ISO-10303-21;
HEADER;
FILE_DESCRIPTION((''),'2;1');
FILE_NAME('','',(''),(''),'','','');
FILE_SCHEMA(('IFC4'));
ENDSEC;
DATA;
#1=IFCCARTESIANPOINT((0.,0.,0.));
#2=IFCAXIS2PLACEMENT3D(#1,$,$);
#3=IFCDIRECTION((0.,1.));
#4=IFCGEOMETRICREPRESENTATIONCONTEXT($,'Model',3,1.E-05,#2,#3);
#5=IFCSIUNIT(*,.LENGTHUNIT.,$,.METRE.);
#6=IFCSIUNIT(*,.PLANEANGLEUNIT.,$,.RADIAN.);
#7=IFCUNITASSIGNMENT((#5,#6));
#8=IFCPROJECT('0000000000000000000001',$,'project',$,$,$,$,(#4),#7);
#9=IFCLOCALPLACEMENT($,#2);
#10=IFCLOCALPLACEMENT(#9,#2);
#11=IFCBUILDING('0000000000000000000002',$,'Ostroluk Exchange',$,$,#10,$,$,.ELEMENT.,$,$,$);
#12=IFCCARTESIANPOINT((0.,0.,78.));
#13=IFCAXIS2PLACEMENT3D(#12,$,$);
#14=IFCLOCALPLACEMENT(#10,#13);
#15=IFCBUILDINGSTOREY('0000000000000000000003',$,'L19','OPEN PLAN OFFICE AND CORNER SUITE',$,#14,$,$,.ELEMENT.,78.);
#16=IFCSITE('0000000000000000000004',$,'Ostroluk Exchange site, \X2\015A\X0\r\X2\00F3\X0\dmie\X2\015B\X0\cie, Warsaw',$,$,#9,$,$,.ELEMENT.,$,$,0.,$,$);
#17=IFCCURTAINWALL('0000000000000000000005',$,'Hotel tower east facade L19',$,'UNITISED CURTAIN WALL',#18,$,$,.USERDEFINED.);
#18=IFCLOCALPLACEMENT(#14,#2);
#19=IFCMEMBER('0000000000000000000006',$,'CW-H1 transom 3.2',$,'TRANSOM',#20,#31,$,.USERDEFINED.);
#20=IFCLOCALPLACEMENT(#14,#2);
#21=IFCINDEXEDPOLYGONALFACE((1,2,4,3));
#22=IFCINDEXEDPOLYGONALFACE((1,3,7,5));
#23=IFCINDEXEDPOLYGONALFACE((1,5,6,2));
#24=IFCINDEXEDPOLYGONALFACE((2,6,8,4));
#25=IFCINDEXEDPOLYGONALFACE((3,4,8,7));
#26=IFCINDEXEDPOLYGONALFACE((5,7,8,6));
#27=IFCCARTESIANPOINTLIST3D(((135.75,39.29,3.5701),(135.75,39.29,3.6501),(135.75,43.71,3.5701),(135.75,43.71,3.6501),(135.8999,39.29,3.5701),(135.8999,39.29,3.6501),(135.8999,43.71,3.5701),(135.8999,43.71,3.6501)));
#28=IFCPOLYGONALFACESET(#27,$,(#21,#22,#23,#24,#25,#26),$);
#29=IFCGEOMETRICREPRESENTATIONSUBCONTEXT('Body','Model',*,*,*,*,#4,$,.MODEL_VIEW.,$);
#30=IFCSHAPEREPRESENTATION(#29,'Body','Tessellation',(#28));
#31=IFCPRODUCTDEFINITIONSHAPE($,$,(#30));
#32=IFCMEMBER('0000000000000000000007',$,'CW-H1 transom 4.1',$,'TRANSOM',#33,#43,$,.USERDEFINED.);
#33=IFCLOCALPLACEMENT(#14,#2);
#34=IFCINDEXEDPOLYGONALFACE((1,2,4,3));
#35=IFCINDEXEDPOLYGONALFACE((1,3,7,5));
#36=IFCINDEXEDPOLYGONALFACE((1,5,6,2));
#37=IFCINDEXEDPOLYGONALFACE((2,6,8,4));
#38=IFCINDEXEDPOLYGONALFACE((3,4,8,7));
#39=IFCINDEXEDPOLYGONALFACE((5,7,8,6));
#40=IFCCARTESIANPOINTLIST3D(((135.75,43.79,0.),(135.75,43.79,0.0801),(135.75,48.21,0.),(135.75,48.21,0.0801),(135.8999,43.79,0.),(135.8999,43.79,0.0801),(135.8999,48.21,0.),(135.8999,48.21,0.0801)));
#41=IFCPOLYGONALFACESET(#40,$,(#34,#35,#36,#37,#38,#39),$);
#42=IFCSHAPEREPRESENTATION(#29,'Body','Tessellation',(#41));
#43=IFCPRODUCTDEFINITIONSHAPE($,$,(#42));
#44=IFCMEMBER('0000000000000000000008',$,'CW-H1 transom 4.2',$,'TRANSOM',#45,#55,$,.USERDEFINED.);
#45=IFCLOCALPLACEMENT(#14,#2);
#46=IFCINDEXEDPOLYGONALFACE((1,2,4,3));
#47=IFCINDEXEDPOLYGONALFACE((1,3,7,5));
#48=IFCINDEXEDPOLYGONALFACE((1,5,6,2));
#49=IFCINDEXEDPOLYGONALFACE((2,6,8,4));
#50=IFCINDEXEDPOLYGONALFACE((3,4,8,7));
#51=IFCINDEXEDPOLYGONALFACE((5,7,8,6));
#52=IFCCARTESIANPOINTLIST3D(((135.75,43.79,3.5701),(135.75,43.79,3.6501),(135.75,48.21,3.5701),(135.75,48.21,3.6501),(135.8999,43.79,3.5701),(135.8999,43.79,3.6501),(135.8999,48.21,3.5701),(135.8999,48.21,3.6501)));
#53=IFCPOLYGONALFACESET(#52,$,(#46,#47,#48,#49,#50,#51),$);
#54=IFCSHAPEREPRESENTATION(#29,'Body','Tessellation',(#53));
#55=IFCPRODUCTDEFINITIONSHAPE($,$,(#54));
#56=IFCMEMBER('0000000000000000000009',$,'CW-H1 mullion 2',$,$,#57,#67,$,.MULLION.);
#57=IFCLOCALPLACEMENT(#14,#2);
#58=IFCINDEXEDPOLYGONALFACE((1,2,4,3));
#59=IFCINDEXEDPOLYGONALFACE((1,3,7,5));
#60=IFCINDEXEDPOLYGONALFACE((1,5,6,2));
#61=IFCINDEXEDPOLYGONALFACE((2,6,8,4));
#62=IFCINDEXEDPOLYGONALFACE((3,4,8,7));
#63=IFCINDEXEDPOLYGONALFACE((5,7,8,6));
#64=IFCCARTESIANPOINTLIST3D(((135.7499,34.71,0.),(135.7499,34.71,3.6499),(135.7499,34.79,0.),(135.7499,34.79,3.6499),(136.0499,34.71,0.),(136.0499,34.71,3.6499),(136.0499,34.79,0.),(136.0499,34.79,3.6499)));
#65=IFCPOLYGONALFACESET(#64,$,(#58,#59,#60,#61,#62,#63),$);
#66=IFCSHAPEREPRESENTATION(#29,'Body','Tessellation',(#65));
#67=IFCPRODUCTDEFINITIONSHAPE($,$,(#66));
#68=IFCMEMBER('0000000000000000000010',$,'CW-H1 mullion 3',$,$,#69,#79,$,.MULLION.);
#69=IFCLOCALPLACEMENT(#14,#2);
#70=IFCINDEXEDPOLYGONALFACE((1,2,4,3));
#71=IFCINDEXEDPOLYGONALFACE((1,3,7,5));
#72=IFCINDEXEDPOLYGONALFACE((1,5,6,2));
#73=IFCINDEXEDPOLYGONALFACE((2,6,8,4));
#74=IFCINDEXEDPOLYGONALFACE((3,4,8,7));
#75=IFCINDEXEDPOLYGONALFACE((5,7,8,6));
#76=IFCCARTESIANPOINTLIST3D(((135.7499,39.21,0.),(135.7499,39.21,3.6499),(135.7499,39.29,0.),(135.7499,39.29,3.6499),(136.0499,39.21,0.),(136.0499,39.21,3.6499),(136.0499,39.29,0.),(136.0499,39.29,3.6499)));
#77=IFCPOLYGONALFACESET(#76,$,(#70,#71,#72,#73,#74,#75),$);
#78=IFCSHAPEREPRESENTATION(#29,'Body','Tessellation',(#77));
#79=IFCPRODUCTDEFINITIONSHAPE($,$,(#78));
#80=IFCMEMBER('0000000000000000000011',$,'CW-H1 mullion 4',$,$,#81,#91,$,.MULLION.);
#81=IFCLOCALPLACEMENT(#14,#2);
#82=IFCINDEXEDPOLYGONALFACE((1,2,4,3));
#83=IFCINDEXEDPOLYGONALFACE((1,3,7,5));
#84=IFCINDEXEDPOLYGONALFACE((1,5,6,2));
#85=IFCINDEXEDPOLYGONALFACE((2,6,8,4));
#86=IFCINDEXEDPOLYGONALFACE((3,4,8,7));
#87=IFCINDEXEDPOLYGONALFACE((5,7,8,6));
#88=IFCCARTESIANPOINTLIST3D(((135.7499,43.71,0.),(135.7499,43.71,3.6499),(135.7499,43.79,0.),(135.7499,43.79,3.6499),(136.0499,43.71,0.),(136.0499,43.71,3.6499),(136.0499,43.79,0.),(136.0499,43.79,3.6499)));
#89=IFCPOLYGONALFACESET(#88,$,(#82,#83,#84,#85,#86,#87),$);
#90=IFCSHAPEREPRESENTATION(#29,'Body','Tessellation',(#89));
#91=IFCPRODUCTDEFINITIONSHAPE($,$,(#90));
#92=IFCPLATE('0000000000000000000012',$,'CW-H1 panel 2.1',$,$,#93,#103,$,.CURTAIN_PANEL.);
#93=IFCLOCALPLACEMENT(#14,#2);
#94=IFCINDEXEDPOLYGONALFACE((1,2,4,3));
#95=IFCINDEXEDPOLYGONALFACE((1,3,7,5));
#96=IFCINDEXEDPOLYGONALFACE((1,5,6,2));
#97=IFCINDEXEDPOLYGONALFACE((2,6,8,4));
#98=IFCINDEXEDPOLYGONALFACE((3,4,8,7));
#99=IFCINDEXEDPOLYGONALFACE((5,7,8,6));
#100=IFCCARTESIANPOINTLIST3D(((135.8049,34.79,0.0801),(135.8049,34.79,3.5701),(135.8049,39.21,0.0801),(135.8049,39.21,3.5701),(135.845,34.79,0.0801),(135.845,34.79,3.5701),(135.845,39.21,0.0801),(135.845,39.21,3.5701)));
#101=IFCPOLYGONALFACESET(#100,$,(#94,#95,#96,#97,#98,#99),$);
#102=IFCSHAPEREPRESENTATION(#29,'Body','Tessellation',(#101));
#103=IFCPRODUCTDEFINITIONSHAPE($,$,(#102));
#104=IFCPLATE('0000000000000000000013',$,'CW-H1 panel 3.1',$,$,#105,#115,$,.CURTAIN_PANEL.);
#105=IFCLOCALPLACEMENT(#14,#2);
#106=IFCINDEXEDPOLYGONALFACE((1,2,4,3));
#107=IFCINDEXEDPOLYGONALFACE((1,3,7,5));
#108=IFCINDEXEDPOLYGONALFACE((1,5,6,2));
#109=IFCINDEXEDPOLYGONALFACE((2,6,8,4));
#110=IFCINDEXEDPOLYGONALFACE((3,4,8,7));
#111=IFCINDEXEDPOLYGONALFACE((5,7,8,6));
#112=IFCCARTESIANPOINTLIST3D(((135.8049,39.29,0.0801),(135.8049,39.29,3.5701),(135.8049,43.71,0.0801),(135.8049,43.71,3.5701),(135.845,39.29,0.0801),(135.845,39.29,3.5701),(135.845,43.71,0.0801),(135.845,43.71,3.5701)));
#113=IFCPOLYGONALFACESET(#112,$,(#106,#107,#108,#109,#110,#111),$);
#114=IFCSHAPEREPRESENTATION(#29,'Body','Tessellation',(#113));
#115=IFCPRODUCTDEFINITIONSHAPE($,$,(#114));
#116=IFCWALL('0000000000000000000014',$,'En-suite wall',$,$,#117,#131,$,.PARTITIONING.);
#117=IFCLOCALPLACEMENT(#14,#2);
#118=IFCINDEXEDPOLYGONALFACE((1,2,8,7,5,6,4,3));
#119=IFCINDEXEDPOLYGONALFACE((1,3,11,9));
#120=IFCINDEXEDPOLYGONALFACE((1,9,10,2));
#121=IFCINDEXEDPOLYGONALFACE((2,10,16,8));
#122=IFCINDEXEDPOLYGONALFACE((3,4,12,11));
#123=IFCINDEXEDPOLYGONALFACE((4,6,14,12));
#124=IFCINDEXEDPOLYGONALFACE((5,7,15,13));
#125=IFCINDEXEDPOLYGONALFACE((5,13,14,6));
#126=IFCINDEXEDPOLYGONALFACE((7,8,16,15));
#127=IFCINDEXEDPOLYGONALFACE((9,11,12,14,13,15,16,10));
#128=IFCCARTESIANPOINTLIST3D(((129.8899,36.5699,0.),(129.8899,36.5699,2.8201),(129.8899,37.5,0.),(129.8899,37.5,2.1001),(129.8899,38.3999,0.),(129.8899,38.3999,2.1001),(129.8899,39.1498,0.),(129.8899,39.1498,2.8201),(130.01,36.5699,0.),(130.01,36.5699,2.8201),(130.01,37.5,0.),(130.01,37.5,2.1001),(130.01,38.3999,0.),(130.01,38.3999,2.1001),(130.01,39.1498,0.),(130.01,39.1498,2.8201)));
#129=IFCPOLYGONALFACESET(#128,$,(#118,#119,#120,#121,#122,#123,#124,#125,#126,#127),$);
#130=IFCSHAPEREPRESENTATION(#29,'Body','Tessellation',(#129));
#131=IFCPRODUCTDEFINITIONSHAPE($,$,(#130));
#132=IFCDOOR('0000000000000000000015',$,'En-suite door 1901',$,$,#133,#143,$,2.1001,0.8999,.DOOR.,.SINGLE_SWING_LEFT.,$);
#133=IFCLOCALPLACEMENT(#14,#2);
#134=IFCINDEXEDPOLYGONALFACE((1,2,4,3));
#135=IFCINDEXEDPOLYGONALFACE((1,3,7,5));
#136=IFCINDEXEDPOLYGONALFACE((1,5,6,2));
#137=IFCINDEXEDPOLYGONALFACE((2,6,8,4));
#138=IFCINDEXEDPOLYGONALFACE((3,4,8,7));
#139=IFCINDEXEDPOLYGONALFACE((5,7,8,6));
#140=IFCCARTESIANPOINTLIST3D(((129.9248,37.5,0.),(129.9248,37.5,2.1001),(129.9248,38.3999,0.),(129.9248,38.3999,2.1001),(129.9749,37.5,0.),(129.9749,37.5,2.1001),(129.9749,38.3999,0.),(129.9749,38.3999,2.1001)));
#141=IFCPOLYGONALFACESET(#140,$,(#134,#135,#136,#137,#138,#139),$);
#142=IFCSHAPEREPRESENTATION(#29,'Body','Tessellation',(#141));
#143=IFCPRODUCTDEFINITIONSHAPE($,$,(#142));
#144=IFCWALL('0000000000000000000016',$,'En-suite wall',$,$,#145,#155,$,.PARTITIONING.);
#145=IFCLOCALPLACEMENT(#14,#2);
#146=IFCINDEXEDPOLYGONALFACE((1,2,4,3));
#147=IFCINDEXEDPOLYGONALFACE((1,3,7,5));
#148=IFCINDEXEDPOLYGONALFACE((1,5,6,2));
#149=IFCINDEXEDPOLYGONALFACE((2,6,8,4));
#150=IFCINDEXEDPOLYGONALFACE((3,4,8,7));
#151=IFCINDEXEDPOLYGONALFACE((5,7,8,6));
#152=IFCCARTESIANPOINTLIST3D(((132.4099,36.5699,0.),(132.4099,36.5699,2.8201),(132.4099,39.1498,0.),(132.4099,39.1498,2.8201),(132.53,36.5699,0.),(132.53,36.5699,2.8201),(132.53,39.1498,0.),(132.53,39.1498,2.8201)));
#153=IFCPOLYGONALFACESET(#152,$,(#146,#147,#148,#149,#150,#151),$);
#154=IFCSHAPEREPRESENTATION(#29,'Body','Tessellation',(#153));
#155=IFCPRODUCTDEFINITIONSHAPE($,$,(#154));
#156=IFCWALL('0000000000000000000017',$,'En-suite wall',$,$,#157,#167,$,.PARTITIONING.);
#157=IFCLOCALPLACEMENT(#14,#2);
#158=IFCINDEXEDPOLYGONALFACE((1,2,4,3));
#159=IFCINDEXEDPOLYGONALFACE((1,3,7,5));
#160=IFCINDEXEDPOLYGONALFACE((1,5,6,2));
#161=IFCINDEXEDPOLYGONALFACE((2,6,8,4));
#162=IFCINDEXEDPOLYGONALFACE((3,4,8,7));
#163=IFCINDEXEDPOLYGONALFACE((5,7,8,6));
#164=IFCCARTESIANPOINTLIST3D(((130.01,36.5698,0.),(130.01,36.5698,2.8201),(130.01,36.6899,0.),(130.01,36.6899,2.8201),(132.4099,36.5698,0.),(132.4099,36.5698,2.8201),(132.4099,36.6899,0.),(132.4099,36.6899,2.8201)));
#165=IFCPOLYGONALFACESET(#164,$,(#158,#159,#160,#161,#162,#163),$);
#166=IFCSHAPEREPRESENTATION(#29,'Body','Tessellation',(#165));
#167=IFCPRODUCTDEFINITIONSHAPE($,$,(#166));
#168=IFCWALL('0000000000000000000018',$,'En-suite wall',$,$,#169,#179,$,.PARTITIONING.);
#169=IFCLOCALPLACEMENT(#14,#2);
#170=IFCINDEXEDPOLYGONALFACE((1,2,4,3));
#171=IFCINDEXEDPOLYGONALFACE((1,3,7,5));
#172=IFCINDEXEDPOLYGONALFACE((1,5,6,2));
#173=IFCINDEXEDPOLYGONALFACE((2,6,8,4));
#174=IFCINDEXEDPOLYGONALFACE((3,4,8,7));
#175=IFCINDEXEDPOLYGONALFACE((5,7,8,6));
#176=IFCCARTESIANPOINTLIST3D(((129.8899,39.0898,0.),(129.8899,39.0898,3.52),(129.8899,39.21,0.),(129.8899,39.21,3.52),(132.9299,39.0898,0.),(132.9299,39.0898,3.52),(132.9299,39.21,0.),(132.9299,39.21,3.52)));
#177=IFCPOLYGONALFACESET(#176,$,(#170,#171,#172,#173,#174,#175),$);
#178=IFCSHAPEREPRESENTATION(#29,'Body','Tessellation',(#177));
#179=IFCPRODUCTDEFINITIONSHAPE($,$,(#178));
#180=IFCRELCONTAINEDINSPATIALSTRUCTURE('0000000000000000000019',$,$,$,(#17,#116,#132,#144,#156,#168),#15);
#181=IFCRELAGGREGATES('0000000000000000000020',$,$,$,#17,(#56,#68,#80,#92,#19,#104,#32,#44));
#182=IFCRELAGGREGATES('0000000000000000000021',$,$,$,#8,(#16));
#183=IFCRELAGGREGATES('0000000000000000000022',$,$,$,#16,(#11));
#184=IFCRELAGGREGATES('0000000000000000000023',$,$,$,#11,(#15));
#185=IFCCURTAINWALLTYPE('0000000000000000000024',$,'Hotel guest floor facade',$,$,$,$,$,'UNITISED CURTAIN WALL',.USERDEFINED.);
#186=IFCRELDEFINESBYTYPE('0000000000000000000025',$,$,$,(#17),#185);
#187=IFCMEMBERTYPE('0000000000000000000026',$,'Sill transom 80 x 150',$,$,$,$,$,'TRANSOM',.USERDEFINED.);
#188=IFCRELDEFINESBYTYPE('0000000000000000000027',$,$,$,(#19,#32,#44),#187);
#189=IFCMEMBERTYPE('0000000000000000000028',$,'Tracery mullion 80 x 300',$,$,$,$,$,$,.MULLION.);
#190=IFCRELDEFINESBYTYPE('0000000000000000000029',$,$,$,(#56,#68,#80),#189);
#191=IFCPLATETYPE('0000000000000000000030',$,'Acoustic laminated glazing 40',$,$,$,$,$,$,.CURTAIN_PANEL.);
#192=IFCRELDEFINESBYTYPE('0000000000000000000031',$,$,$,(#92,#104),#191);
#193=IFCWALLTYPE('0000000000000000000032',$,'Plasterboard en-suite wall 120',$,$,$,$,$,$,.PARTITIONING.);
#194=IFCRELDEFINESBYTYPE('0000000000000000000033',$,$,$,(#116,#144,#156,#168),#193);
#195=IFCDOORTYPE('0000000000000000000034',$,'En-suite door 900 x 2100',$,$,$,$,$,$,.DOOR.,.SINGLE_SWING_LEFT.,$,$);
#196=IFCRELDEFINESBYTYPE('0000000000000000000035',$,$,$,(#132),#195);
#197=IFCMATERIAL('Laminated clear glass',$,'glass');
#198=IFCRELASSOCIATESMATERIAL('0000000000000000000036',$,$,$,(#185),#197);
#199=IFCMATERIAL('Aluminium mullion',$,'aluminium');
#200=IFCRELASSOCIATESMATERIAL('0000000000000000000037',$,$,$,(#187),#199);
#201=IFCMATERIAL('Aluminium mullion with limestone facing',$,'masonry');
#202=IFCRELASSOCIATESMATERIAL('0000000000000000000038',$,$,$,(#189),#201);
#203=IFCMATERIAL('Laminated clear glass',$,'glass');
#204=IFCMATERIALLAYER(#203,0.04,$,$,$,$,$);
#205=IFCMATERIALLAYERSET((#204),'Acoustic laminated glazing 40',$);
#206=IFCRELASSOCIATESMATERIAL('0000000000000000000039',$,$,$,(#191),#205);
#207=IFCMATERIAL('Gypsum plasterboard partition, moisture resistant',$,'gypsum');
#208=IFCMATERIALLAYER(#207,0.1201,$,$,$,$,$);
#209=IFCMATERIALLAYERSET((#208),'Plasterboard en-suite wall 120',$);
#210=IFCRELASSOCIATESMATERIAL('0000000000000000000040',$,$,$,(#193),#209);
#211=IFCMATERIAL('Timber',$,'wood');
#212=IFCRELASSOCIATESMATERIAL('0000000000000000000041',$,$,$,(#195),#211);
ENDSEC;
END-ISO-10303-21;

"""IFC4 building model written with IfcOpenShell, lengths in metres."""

from ifc_helpers import new_model, si_unit, direction, frame, frame_2d, origin, origin_2d, place, context, subcontext, project, spatial, rectangle, extrude, material, layer, layer_set, material_profile, profile_set, type_object, element, fill, aggregate, save


model = new_model("IFC4")

# Units and contexts
model_context = context("Model", 3, precision=1e-05, world=origin(), true_north=direction((0.0, 1.0)))
body_context = subcontext(model_context, "Body", "Model", "MODEL_VIEW")
ifc_project = project(units=[si_unit("LENGTHUNIT", "METRE"), si_unit("PLANEANGLEUNIT", "RADIAN")], contexts=[model_context])

# Site, building, storey
site_placement = place(None, origin())
site = spatial("IfcSite", under=ifc_project, at=site_placement, Name="Ostroluk Exchange site, Śródmieście, Warsaw", CompositionType="ELEMENT", RefElevation=0.0)
building_placement = place(site_placement, origin())
building = spatial("IfcBuilding", under=site, at=building_placement, Name="Ostroluk Exchange", CompositionType="ELEMENT")
storey_placement = place(building_placement, frame((0.0, 0.0, 78.0)))
storey = spatial("IfcBuildingStorey", under=building, at=storey_placement, Name="L19", Description="OPEN PLAN OFFICE AND CORNER SUITE", CompositionType="ELEMENT", Elevation=78.0)

# Curtain wall, members, plates
ifc_material_1 = material(Name="Laminated clear glass", Category="glass")
curtain_wall_type = type_object("IfcCurtainWallType", Name="Hotel guest floor facade", ElementType="UNITISED CURTAIN WALL", PredefinedType="USERDEFINED", material=ifc_material_1)
curtain_wall_placement = place(storey_placement, origin())
curtain_wall = element("IfcCurtainWall", 1, at=curtain_wall_placement, inside=storey, type_object=curtain_wall_type, Name="Hotel tower east facade L19", ObjectType="UNITISED CURTAIN WALL", PredefinedType="USERDEFINED")
ifc_material_2 = material(Name="Aluminium mullion", Category="aluminium")
ifc_material_profile_1 = material_profile(ifc_material_2, rectangle(XDim=0.1499, YDim=0.0801, at=origin_2d()), Name="Sill transom 80 x 150")
ifc_profile_set_1 = profile_set([ifc_material_profile_1], Name="Aluminium mullion")
member_type_1 = type_object("IfcMemberType", Name="Sill transom 80 x 150", ElementType="TRANSOM", PredefinedType="USERDEFINED", material=ifc_profile_set_1)
member_1_placement = place(storey_placement, frame((135.825, 39.29, 3.6101), z_axis=(0.0, 1.0, 0.0), x_axis=(-1.0, 0.0, 0.0)))
member_1 = element("IfcMember", 2, at=member_1_placement, type_object=member_type_1, Name="CW-H1 transom 3.2", ObjectType="TRANSOM", PredefinedType="USERDEFINED", context=body_context, shape_type="SweptSolid", body=[
    extrude(rectangle(XDim=0.1499, YDim=0.0801, at=origin_2d()), origin(), (0.0, 0.0, 1.0), 4.4199),
])
member_2_placement = place(storey_placement, frame((135.825, 43.79, 0.04), z_axis=(0.0, 1.0, 0.0), x_axis=(-1.0, 0.0, 0.0)))
member_2 = element("IfcMember", 3, at=member_2_placement, type_object=member_type_1, Name="CW-H1 transom 4.1", ObjectType="TRANSOM", PredefinedType="USERDEFINED", context=body_context, shape_type="SweptSolid", body=[
    extrude(rectangle(XDim=0.1499, YDim=0.0801, at=origin_2d()), origin(), (0.0, 0.0, 1.0), 4.4199),
])
member_3_placement = place(storey_placement, frame((135.825, 43.79, 3.6101), z_axis=(0.0, 1.0, 0.0), x_axis=(-1.0, 0.0, 0.0)))
member_3 = element("IfcMember", 4, at=member_3_placement, type_object=member_type_1, Name="CW-H1 transom 4.2", ObjectType="TRANSOM", PredefinedType="USERDEFINED", context=body_context, shape_type="SweptSolid", body=[
    extrude(rectangle(XDim=0.1499, YDim=0.0801, at=origin_2d()), origin(), (0.0, 0.0, 1.0), 4.4199),
])
ifc_material_3 = material(Name="Aluminium mullion with limestone facing", Category="masonry")
ifc_material_profile_2 = material_profile(ifc_material_3, rectangle(XDim=0.3, YDim=0.0801, at=origin_2d()), Name="Tracery mullion 80 x 300")
ifc_profile_set_2 = profile_set([ifc_material_profile_2], Name="Aluminium mullion with limestone facing")
member_type_2 = type_object("IfcMemberType", Name="Tracery mullion 80 x 300", PredefinedType="MULLION", material=ifc_profile_set_2)
member_4_placement = place(storey_placement, frame((135.8999, 34.75, 0.0), z_axis=(0.0, 0.0, 1.0), x_axis=(-1.0, 0.0, 0.0)))
member_4 = element("IfcMember", 5, at=member_4_placement, type_object=member_type_2, Name="CW-H1 mullion 2", PredefinedType="MULLION", context=body_context, shape_type="SweptSolid", body=[
    extrude(rectangle(XDim=0.3, YDim=0.0801, at=origin_2d()), origin(), (0.0, 0.0, 1.0), 3.6499),
])
member_5_placement = place(storey_placement, frame((135.8999, 39.25, 0.0), z_axis=(0.0, 0.0, 1.0), x_axis=(-1.0, 0.0, 0.0)))
member_5 = element("IfcMember", 6, at=member_5_placement, type_object=member_type_2, Name="CW-H1 mullion 3", PredefinedType="MULLION", context=body_context, shape_type="SweptSolid", body=[
    extrude(rectangle(XDim=0.3, YDim=0.0801, at=origin_2d()), origin(), (0.0, 0.0, 1.0), 3.6499),
])
member_6_placement = place(storey_placement, frame((135.8999, 43.75, 0.0), z_axis=(0.0, 0.0, 1.0), x_axis=(-1.0, 0.0, 0.0)))
member_6 = element("IfcMember", 7, at=member_6_placement, type_object=member_type_2, Name="CW-H1 mullion 4", PredefinedType="MULLION", context=body_context, shape_type="SweptSolid", body=[
    extrude(rectangle(XDim=0.3, YDim=0.0801, at=origin_2d()), origin(), (0.0, 0.0, 1.0), 3.6499),
])
ifc_material_4 = material(Name="Laminated clear glass", Category="glass")
ifc_layer_1 = layer(ifc_material_4, 0.04)
ifc_layer_set_1 = layer_set([ifc_layer_1], Name="Acoustic laminated glazing 40")
plate_type = type_object("IfcPlateType", Name="Acoustic laminated glazing 40", PredefinedType="CURTAIN_PANEL", material=ifc_layer_set_1)
plate_1_placement = place(storey_placement, frame((135.825, 37.0, 0.0801), z_axis=(0.0, 0.0, 1.0), x_axis=(0.0, 1.0, 0.0)))
plate_1 = element("IfcPlate", 8, at=plate_1_placement, type_object=plate_type, Name="CW-H1 panel 2.1", PredefinedType="CURTAIN_PANEL", context=body_context, shape_type="SweptSolid", body=[
    extrude(rectangle(XDim=4.4199, YDim=0.04, at=origin_2d()), origin(), (0.0, 0.0, 1.0), 3.49),
])
plate_2_placement = place(storey_placement, frame((135.825, 41.5, 0.0801), z_axis=(0.0, 0.0, 1.0), x_axis=(0.0, 1.0, 0.0)))
plate_2 = element("IfcPlate", 9, at=plate_2_placement, type_object=plate_type, Name="CW-H1 panel 3.1", PredefinedType="CURTAIN_PANEL", context=body_context, shape_type="SweptSolid", body=[
    extrude(rectangle(XDim=4.4199, YDim=0.04, at=origin_2d()), origin(), (0.0, 0.0, 1.0), 3.49),
])
aggregate(curtain_wall, [member_4, member_5, member_6, plate_1, member_1, plate_2, member_2, member_3])

# Wall, opening, door
ifc_material_5 = material(Name="Gypsum plasterboard partition, moisture resistant", Category="gypsum")
ifc_layer_2 = layer(ifc_material_5, 0.1201)
ifc_layer_set_2 = layer_set([ifc_layer_2], Name="Plasterboard en-suite wall 120")
wall_type_1 = type_object("IfcWallType", Name="Plasterboard en-suite wall 120", PredefinedType="PARTITIONING", material=ifc_layer_set_2)
wall_1_placement = place(storey_placement, frame((129.95, 39.1499, 0.0), z_axis=(0.0, 0.0, 1.0), x_axis=(0.0, -1.0, 0.0)))
wall_1 = element("IfcWall", 10, at=wall_1_placement, inside=storey, type_object=wall_type_1, Name="En-suite wall", PredefinedType="PARTITIONING", context=body_context, shape_type="SweptSolid", body=[
    extrude(rectangle(XDim=2.5798, YDim=0.1201, at=frame_2d((1.29, 0.0))), origin(), (0.0, 0.0, 1.0), 2.8201),
])
opening_1_placement = place(wall_1_placement, frame((0.75, 0.0, 0.0)))
opening_1 = element("IfcOpeningElement", 11, at=opening_1_placement, cuts=wall_1, PredefinedType="OPENING", context=body_context, shape_type="SweptSolid", body=[
    extrude(rectangle(XDim=0.8999, YDim=2.1001, at=frame_2d((0.45, 1.05))), frame((0.0, 0.0701, 0.0), z_axis=(0.0, -1.0, 0.0), x_axis=(1.0, 0.0, 0.0)), (0.0, 0.0, 1.0), 0.1401),
])
ifc_material_6 = material(Name="Timber", Category="wood")
door_type_1 = type_object("IfcDoorType", Name="En-suite door 900 x 2100", OperationType="SINGLE_SWING_LEFT", PredefinedType="DOOR", material=ifc_material_6)
door_1_placement = place(opening_1_placement, origin())
door_1 = element("IfcDoor", 12, at=door_1_placement, inside=storey, type_object=door_type_1, Name="En-suite door 1901", OperationType="SINGLE_SWING_LEFT", OverallHeight=2.1001, OverallWidth=0.8999, PredefinedType="DOOR", context=body_context, shape_type="SweptSolid", body=[
    extrude(rectangle(XDim=0.8999, YDim=2.1001, at=frame_2d((0.45, 1.05))), frame((0.0, 0.0249, 0.0), z_axis=(0.0, -1.0, 0.0), x_axis=(1.0, 0.0, 0.0)), (0.0, 0.0, 1.0), 0.05),
])
fill(opening_1, door_1)

# Walls
wall_2_placement = place(storey_placement, frame((132.47, 39.1499, 0.0), z_axis=(0.0, 0.0, 1.0), x_axis=(0.0, -1.0, 0.0)))
element("IfcWall", 13, at=wall_2_placement, inside=storey, type_object=wall_type_1, Name="En-suite wall", PredefinedType="PARTITIONING", context=body_context, shape_type="SweptSolid", body=[
    extrude(rectangle(XDim=2.5798, YDim=0.1201, at=frame_2d((1.29, 0.0))), origin(), (0.0, 0.0, 1.0), 2.8201),
])
wall_3_placement = place(storey_placement, frame((130.01, 36.6299, 0.0), z_axis=(0.0, 0.0, 1.0), x_axis=(1.0, 0.0, 0.0)))
element("IfcWall", 14, at=wall_3_placement, inside=storey, type_object=wall_type_1, Name="En-suite wall", PredefinedType="PARTITIONING", context=body_context, shape_type="SweptSolid", body=[
    extrude(rectangle(XDim=2.3999, YDim=0.1201, at=frame_2d((1.2, 0.0))), origin(), (0.0, 0.0, 1.0), 2.8201),
])
wall_4_placement = place(storey_placement, frame((129.8899, 39.1499, 0.0), z_axis=(0.0, 0.0, 1.0), x_axis=(1.0, 0.0, 0.0)))
element("IfcWall", 15, at=wall_4_placement, inside=storey, type_object=wall_type_1, Name="En-suite wall", PredefinedType="PARTITIONING", context=body_context, shape_type="SweptSolid", body=[
    extrude(rectangle(XDim=3.04, YDim=0.1201, at=frame_2d((1.52, 0.0))), origin(), (0.0, 0.0, 1.0), 3.52),
])

save(model, "model.ifc")
